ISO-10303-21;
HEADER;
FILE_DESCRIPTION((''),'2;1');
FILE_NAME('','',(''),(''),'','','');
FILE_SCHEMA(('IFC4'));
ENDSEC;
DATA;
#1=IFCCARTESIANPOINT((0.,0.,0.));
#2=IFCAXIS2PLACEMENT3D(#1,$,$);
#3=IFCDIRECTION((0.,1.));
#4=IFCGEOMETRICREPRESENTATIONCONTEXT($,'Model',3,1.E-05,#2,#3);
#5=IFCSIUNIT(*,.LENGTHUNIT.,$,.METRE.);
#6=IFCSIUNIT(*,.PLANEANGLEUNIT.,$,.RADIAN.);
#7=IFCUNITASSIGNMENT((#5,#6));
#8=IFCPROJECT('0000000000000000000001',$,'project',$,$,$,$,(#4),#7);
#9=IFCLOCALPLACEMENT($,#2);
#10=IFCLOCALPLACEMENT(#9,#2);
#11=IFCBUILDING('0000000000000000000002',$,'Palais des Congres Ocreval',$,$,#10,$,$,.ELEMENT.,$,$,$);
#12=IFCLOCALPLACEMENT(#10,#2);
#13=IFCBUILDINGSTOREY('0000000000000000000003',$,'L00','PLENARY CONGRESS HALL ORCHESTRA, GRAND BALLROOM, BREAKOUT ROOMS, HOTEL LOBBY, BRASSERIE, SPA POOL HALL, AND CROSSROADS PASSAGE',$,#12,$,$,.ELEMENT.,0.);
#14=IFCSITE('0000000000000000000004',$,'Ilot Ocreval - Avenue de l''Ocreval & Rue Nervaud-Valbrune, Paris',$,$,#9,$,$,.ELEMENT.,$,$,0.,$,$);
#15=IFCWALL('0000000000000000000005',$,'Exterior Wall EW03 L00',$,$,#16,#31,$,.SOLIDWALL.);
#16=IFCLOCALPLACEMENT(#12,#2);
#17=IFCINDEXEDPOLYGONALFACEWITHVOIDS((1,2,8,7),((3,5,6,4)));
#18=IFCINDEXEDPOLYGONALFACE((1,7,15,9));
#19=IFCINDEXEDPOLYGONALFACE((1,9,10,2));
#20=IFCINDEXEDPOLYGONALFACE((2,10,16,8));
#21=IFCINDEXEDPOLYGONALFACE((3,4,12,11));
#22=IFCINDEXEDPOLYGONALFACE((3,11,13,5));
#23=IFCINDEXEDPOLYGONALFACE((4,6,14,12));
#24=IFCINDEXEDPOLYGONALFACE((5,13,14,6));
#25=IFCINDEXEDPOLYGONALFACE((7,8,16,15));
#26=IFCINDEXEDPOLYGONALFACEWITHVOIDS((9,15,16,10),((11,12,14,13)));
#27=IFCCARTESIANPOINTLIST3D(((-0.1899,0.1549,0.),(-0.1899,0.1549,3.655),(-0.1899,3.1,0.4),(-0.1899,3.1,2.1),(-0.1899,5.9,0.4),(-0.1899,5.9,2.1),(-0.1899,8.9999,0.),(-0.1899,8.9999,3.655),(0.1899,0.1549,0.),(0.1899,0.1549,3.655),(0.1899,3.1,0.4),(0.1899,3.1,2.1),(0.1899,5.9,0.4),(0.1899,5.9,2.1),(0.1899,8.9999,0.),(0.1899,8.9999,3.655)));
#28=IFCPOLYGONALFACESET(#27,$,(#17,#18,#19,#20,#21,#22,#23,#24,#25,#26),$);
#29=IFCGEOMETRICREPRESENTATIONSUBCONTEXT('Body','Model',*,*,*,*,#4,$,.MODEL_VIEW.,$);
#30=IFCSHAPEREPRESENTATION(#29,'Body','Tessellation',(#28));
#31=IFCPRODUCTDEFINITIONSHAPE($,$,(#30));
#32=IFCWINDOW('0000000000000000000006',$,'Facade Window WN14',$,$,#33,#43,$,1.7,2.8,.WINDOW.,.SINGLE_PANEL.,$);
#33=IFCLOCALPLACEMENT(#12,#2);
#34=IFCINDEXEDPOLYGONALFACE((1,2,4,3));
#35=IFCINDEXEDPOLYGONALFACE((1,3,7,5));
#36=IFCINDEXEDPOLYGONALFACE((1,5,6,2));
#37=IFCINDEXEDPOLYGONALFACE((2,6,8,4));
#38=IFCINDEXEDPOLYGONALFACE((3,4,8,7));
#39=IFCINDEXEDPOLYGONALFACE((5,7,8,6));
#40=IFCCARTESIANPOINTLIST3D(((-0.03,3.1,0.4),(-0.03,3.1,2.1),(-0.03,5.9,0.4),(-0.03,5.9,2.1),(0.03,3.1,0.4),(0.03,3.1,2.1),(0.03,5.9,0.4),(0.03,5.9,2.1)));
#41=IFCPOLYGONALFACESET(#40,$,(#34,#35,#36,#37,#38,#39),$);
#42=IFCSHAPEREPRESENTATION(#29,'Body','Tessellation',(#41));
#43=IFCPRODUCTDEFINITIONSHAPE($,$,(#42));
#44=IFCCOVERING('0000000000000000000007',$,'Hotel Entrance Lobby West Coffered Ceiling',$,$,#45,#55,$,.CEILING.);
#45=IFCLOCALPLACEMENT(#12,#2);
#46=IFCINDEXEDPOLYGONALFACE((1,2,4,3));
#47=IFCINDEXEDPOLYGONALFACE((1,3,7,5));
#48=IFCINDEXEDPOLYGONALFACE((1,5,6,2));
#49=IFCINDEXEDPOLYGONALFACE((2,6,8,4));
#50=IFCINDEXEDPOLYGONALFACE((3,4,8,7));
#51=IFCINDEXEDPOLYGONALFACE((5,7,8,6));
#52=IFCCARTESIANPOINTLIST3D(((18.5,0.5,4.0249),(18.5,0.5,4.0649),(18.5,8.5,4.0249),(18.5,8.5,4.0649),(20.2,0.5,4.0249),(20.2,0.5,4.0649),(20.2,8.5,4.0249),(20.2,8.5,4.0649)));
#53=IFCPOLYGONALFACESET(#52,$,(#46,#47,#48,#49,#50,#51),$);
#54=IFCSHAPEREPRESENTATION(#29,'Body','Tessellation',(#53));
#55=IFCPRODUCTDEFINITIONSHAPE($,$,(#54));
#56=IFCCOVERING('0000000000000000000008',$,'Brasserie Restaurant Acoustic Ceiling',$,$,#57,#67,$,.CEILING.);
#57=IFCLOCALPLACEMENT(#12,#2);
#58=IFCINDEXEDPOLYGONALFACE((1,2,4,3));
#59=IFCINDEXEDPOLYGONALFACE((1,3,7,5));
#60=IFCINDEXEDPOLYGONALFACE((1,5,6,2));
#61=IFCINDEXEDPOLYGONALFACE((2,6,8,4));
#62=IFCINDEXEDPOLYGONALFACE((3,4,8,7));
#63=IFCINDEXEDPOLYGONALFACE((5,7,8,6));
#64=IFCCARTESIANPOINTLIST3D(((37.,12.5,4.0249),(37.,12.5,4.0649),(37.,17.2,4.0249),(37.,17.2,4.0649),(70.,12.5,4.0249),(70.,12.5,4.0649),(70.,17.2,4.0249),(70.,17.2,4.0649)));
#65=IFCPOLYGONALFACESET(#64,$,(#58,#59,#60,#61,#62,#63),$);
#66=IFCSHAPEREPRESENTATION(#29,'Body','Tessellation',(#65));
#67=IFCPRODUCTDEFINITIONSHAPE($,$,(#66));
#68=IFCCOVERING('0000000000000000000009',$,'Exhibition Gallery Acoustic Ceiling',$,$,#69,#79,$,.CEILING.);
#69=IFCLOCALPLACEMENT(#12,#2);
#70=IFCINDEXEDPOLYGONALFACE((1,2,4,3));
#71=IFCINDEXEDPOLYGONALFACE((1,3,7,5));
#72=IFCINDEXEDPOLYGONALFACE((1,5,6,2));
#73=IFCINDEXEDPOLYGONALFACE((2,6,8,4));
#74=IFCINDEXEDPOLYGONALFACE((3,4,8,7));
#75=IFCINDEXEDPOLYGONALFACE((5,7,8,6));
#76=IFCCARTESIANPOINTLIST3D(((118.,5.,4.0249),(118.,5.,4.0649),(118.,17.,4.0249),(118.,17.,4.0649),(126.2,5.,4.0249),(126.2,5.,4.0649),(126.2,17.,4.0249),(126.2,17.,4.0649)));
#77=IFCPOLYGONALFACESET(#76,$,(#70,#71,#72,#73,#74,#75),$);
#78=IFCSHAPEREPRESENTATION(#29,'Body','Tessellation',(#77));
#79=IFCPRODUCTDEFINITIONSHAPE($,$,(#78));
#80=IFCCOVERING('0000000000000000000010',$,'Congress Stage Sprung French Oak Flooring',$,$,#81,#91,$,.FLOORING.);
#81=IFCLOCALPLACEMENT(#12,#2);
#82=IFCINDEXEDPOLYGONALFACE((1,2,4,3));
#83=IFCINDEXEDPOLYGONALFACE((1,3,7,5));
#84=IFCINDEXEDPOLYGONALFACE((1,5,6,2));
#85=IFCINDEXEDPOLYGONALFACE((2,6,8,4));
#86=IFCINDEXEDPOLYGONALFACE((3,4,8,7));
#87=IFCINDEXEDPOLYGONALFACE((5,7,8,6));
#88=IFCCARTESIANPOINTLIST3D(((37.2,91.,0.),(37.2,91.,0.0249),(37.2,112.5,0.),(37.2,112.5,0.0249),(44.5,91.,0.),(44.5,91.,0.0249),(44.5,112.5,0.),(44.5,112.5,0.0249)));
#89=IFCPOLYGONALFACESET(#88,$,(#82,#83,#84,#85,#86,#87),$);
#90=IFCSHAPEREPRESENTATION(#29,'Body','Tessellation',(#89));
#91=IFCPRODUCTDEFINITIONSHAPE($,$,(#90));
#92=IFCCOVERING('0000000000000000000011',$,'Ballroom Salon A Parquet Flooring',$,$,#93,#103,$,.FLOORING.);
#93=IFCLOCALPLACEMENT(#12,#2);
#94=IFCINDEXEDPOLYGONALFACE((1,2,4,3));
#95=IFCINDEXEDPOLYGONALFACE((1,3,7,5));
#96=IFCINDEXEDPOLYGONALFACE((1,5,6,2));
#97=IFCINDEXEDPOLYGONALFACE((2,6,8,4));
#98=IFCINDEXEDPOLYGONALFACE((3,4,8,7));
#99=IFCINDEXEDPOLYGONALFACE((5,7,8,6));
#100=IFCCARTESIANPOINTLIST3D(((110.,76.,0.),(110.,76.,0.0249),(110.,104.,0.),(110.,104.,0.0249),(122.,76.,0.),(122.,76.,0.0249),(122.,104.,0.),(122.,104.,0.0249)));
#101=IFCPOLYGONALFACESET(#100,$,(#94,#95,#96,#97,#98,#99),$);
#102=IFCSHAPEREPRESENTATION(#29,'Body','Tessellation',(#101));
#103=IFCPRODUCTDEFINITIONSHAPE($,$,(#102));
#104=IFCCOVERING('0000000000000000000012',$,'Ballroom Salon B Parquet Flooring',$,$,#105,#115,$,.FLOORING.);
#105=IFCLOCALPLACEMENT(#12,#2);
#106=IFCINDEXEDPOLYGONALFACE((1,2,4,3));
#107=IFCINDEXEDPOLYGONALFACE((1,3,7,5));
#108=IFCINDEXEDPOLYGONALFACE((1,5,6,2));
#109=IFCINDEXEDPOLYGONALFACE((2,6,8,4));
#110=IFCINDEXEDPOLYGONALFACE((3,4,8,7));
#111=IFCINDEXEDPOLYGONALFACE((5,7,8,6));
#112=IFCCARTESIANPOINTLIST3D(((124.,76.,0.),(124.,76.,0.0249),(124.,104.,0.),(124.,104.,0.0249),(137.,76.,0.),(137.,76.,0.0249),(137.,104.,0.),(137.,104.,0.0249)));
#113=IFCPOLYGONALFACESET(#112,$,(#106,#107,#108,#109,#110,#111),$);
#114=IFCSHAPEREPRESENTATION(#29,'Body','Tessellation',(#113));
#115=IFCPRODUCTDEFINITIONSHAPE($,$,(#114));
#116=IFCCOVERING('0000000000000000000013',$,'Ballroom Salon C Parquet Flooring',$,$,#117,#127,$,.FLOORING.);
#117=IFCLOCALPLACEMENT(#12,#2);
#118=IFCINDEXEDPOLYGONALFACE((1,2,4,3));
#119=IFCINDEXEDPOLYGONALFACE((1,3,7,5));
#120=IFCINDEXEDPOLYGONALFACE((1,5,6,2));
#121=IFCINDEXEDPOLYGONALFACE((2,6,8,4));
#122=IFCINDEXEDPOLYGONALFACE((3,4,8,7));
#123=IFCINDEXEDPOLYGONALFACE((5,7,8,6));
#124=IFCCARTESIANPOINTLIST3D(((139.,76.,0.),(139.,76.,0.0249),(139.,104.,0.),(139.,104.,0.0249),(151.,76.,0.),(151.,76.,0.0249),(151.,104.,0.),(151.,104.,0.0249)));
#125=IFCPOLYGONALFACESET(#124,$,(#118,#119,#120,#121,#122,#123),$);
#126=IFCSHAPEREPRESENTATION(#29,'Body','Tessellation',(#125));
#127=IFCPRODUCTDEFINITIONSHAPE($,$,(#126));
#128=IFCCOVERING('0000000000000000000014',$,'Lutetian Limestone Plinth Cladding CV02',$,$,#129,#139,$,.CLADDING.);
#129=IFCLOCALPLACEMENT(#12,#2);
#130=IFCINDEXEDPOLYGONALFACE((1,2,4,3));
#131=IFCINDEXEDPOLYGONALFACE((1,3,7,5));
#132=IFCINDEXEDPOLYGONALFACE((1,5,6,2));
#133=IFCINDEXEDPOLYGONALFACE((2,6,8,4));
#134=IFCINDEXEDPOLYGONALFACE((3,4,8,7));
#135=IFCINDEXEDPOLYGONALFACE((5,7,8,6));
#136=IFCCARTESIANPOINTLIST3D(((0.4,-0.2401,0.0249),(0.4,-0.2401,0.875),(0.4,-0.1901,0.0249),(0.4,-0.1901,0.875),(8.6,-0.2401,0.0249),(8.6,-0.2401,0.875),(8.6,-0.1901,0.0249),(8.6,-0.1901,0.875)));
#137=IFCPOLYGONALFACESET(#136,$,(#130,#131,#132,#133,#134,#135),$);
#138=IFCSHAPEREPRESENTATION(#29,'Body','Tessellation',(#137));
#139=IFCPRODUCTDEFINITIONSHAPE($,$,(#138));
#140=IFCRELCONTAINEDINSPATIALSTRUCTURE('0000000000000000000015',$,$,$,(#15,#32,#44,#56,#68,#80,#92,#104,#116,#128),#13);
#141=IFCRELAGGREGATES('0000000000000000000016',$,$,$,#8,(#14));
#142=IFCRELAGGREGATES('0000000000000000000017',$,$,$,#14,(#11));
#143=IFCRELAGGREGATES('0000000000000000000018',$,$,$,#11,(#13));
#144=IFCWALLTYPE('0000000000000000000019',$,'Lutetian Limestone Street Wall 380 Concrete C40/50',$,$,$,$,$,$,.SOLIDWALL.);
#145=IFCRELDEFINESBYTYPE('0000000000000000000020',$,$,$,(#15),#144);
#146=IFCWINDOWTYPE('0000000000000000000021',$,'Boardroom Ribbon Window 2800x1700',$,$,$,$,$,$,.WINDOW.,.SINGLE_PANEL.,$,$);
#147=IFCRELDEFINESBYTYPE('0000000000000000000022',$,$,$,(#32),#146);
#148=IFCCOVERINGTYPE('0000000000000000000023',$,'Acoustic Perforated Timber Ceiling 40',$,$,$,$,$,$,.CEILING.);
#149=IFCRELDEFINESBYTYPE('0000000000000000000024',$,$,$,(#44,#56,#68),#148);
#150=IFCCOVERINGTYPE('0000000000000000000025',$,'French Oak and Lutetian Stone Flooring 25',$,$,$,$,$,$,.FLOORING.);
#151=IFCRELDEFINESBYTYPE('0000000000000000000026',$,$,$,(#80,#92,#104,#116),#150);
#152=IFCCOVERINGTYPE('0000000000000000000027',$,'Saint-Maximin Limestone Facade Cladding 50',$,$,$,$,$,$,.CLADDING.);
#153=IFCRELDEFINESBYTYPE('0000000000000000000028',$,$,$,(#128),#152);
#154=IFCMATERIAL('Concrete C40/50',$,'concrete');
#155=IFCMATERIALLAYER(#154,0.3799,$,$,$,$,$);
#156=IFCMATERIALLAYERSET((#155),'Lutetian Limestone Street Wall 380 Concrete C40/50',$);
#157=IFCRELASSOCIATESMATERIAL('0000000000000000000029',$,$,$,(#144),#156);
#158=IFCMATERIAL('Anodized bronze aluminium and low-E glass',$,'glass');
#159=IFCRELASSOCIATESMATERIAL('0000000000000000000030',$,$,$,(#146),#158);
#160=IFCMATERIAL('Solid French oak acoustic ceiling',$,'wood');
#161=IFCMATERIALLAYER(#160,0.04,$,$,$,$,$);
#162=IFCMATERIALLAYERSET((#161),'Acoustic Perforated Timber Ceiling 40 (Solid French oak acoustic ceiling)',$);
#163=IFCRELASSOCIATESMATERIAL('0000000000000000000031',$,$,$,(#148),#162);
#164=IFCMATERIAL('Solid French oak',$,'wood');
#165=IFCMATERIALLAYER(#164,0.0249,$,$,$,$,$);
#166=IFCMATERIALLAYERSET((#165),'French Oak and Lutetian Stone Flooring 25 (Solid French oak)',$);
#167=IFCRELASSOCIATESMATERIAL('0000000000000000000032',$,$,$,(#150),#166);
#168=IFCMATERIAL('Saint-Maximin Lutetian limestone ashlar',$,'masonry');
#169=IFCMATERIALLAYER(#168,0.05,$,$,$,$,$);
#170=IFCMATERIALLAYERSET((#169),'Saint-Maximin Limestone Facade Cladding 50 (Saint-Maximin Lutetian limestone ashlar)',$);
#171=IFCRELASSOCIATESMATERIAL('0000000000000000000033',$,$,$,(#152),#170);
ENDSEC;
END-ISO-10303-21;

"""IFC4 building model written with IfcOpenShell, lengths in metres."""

from ifc_helpers import new_model, si_unit, direction, frame, frame_2d, origin, origin_2d, place, context, subcontext, project, spatial, polyline, rectangle, outline, extrude, material, layer, layer_set, type_object, element, fill, save


model = new_model("IFC4")

# Units and contexts
model_context = context("Model", 3, precision=1e-05, world=origin(), true_north=direction((0.0, 1.0)))
body_context = subcontext(model_context, "Body", "Model", "MODEL_VIEW")
ifc_project = project(units=[si_unit("LENGTHUNIT", "METRE"), si_unit("PLANEANGLEUNIT", "RADIAN")], contexts=[model_context])

# Site, building, storey
site_placement = place(None, origin())
site = spatial("IfcSite", under=ifc_project, at=site_placement, Name="Ilot Ocreval - Avenue de l'Ocreval & Rue Nervaud-Valbrune, Paris", CompositionType="ELEMENT", RefElevation=0.0)
building_placement = place(site_placement, origin())
building = spatial("IfcBuilding", under=site, at=building_placement, Name="Palais des Congres Ocreval", CompositionType="ELEMENT")
storey_placement = place(building_placement, origin())
storey = spatial("IfcBuildingStorey", under=building, at=storey_placement, Name="L00", Description="PLENARY CONGRESS HALL ORCHESTRA, GRAND BALLROOM, BREAKOUT ROOMS, HOTEL LOBBY, BRASSERIE, SPA POOL HALL, AND CROSSROADS PASSAGE", CompositionType="ELEMENT", Elevation=0.0)

# Shared definitions
ifc_material_1 = material(Name="Concrete C40/50", Category="concrete")
ifc_layer_1 = layer(ifc_material_1, 0.3799)
ifc_layer_set_1 = layer_set([ifc_layer_1], Name="Lutetian Limestone Street Wall 380 Concrete C40/50")
wall_type_1 = type_object("IfcWallType", Name="Lutetian Limestone Street Wall 380 Concrete C40/50", PredefinedType="SOLIDWALL", material=ifc_layer_set_1)
ifc_material_2 = material(Name="Anodized bronze aluminium and low-E glass", Category="glass")

# Wall, opening, window
wall_1_placement = place(storey_placement, frame((0.0, 0.155, 0.0), z_axis=(0.0, 0.0, 1.0), x_axis=(0.0, 1.0, 0.0)))
wall_1 = element("IfcWall", 1, at=wall_1_placement, inside=storey, type_object=wall_type_1, Name="Exterior Wall EW03 L00", PredefinedType="SOLIDWALL", context=body_context, shape_type="SweptSolid", body=[
    extrude(rectangle(XDim=8.845, YDim=0.3799, at=frame_2d((4.4224, 0.0))), origin(), (0.0, 0.0, 1.0), 3.655),
])
opening_1_placement = place(wall_1_placement, frame((2.9451, 0.0, 0.3999)))
opening_1 = element("IfcOpeningElement", 2, at=opening_1_placement, cuts=wall_1, PredefinedType="OPENING", context=body_context, shape_type="SweptSolid", body=[
    extrude(rectangle(XDim=2.8, YDim=1.7, at=frame_2d((1.3999, 0.8501))), frame((0.0, 0.2, 0.0), z_axis=(0.0, -1.0, 0.0), x_axis=(1.0, 0.0, 0.0)), (0.0, 0.0, 1.0), 0.3999),
])
window_type_1 = type_object("IfcWindowType", Name="Boardroom Ribbon Window 2800x1700", PartitioningType="SINGLE_PANEL", PredefinedType="WINDOW", material=ifc_material_2)
window_1_placement = place(opening_1_placement, origin())
window_1 = element("IfcWindow", 3, at=window_1_placement, inside=storey, type_object=window_type_1, Name="Facade Window WN14", OverallHeight=1.7, OverallWidth=2.8, PartitioningType="SINGLE_PANEL", PredefinedType="WINDOW", context=body_context, shape_type="SweptSolid", body=[
    extrude(rectangle(XDim=2.8, YDim=1.7, at=frame_2d((1.3999, 0.8501))), frame((0.0, 0.03, 0.0), z_axis=(0.0, -1.0, 0.0), x_axis=(1.0, 0.0, 0.0)), (0.0, 0.0, 1.0), 0.0601),
])
fill(opening_1, window_1)

# Coverings
ifc_material_3 = material(Name="Solid French oak acoustic ceiling", Category="wood")
ifc_layer_2 = layer(ifc_material_3, 0.04)
ifc_layer_set_2 = layer_set([ifc_layer_2], Name="Acoustic Perforated Timber Ceiling 40 (Solid French oak acoustic ceiling)")
covering_type_1 = type_object("IfcCoveringType", Name="Acoustic Perforated Timber Ceiling 40", PredefinedType="CEILING", material=ifc_layer_set_2)
covering_1_placement = place(storey_placement, frame((0.0, 0.0, 4.0249)))
element("IfcCovering", 4, at=covering_1_placement, inside=storey, type_object=covering_type_1, Name="Hotel Entrance Lobby West Coffered Ceiling", PredefinedType="CEILING", context=body_context, shape_type="SweptSolid", body=[
    extrude(outline(polyline([(18.5, 0.5), (20.2, 0.5), (20.2, 8.5), (18.5, 8.5), (18.5, 0.5)])), origin(), (0.0, 0.0, 1.0), 0.04),
])
covering_2_placement = place(storey_placement, frame((0.0, 0.0, 4.0249)))
element("IfcCovering", 5, at=covering_2_placement, inside=storey, type_object=covering_type_1, Name="Brasserie Restaurant Acoustic Ceiling", PredefinedType="CEILING", context=body_context, shape_type="SweptSolid", body=[
    extrude(outline(polyline([(37.0, 12.5), (70.0, 12.5), (70.0, 17.2), (37.0, 17.2), (37.0, 12.5)])), origin(), (0.0, 0.0, 1.0), 0.04),
])
covering_3_placement = place(storey_placement, frame((0.0, 0.0, 4.0249)))
element("IfcCovering", 6, at=covering_3_placement, inside=storey, type_object=covering_type_1, Name="Exhibition Gallery Acoustic Ceiling", PredefinedType="CEILING", context=body_context, shape_type="SweptSolid", body=[
    extrude(outline(polyline([(118.0, 5.0), (126.2, 5.0), (126.2, 17.0), (118.0, 17.0), (118.0, 5.0)])), origin(), (0.0, 0.0, 1.0), 0.04),
])
ifc_material_4 = material(Name="Solid French oak", Category="wood")
ifc_layer_3 = layer(ifc_material_4, 0.0249)
ifc_layer_set_3 = layer_set([ifc_layer_3], Name="French Oak and Lutetian Stone Flooring 25 (Solid French oak)")
covering_type_2 = type_object("IfcCoveringType", Name="French Oak and Lutetian Stone Flooring 25", PredefinedType="FLOORING", material=ifc_layer_set_3)
covering_4_placement = place(storey_placement, origin())
element("IfcCovering", 7, at=covering_4_placement, inside=storey, type_object=covering_type_2, Name="Congress Stage Sprung French Oak Flooring", PredefinedType="FLOORING", context=body_context, shape_type="SweptSolid", body=[
    extrude(outline(polyline([(37.2, 91.0), (44.5, 91.0), (44.5, 112.5), (37.2, 112.5), (37.2, 91.0)])), origin(), (0.0, 0.0, 1.0), 0.0249),
])
covering_5_placement = place(storey_placement, origin())
element("IfcCovering", 8, at=covering_5_placement, inside=storey, type_object=covering_type_2, Name="Ballroom Salon A Parquet Flooring", PredefinedType="FLOORING", context=body_context, shape_type="SweptSolid", body=[
    extrude(outline(polyline([(110.0, 76.0), (122.0, 76.0), (122.0, 104.0), (110.0, 104.0), (110.0, 76.0)])), origin(), (0.0, 0.0, 1.0), 0.0249),
])
covering_6_placement = place(storey_placement, origin())
element("IfcCovering", 9, at=covering_6_placement, inside=storey, type_object=covering_type_2, Name="Ballroom Salon B Parquet Flooring", PredefinedType="FLOORING", context=body_context, shape_type="SweptSolid", body=[
    extrude(outline(polyline([(124.0, 76.0), (137.0, 76.0), (137.0, 104.0), (124.0, 104.0), (124.0, 76.0)])), origin(), (0.0, 0.0, 1.0), 0.0249),
])
covering_7_placement = place(storey_placement, origin())
element("IfcCovering", 10, at=covering_7_placement, inside=storey, type_object=covering_type_2, Name="Ballroom Salon C Parquet Flooring", PredefinedType="FLOORING", context=body_context, shape_type="SweptSolid", body=[
    extrude(outline(polyline([(139.0, 76.0), (151.0, 76.0), (151.0, 104.0), (139.0, 104.0), (139.0, 76.0)])), origin(), (0.0, 0.0, 1.0), 0.0249),
])
ifc_material_5 = material(Name="Saint-Maximin Lutetian limestone ashlar", Category="masonry")
ifc_layer_4 = layer(ifc_material_5, 0.05)
ifc_layer_set_4 = layer_set([ifc_layer_4], Name="Saint-Maximin Limestone Facade Cladding 50 (Saint-Maximin Lutetian limestone ashlar)")
covering_type_3 = type_object("IfcCoveringType", Name="Saint-Maximin Limestone Facade Cladding 50", PredefinedType="CLADDING", material=ifc_layer_set_4)
covering_8_placement = place(storey_placement, frame((4.5, -0.2151, 0.0249), z_axis=(0.0, 0.0, 1.0), x_axis=(-1.0, 0.0, 0.0)))
element("IfcCovering", 11, at=covering_8_placement, inside=storey, type_object=covering_type_3, Name="Lutetian Limestone Plinth Cladding CV02", PredefinedType="CLADDING", context=body_context, shape_type="SweptSolid", body=[
    extrude(rectangle(XDim=8.2, YDim=0.05, at=origin_2d()), origin(), (0.0, 0.0, 1.0), 0.8501),
])

save(model, "model.ifc")
